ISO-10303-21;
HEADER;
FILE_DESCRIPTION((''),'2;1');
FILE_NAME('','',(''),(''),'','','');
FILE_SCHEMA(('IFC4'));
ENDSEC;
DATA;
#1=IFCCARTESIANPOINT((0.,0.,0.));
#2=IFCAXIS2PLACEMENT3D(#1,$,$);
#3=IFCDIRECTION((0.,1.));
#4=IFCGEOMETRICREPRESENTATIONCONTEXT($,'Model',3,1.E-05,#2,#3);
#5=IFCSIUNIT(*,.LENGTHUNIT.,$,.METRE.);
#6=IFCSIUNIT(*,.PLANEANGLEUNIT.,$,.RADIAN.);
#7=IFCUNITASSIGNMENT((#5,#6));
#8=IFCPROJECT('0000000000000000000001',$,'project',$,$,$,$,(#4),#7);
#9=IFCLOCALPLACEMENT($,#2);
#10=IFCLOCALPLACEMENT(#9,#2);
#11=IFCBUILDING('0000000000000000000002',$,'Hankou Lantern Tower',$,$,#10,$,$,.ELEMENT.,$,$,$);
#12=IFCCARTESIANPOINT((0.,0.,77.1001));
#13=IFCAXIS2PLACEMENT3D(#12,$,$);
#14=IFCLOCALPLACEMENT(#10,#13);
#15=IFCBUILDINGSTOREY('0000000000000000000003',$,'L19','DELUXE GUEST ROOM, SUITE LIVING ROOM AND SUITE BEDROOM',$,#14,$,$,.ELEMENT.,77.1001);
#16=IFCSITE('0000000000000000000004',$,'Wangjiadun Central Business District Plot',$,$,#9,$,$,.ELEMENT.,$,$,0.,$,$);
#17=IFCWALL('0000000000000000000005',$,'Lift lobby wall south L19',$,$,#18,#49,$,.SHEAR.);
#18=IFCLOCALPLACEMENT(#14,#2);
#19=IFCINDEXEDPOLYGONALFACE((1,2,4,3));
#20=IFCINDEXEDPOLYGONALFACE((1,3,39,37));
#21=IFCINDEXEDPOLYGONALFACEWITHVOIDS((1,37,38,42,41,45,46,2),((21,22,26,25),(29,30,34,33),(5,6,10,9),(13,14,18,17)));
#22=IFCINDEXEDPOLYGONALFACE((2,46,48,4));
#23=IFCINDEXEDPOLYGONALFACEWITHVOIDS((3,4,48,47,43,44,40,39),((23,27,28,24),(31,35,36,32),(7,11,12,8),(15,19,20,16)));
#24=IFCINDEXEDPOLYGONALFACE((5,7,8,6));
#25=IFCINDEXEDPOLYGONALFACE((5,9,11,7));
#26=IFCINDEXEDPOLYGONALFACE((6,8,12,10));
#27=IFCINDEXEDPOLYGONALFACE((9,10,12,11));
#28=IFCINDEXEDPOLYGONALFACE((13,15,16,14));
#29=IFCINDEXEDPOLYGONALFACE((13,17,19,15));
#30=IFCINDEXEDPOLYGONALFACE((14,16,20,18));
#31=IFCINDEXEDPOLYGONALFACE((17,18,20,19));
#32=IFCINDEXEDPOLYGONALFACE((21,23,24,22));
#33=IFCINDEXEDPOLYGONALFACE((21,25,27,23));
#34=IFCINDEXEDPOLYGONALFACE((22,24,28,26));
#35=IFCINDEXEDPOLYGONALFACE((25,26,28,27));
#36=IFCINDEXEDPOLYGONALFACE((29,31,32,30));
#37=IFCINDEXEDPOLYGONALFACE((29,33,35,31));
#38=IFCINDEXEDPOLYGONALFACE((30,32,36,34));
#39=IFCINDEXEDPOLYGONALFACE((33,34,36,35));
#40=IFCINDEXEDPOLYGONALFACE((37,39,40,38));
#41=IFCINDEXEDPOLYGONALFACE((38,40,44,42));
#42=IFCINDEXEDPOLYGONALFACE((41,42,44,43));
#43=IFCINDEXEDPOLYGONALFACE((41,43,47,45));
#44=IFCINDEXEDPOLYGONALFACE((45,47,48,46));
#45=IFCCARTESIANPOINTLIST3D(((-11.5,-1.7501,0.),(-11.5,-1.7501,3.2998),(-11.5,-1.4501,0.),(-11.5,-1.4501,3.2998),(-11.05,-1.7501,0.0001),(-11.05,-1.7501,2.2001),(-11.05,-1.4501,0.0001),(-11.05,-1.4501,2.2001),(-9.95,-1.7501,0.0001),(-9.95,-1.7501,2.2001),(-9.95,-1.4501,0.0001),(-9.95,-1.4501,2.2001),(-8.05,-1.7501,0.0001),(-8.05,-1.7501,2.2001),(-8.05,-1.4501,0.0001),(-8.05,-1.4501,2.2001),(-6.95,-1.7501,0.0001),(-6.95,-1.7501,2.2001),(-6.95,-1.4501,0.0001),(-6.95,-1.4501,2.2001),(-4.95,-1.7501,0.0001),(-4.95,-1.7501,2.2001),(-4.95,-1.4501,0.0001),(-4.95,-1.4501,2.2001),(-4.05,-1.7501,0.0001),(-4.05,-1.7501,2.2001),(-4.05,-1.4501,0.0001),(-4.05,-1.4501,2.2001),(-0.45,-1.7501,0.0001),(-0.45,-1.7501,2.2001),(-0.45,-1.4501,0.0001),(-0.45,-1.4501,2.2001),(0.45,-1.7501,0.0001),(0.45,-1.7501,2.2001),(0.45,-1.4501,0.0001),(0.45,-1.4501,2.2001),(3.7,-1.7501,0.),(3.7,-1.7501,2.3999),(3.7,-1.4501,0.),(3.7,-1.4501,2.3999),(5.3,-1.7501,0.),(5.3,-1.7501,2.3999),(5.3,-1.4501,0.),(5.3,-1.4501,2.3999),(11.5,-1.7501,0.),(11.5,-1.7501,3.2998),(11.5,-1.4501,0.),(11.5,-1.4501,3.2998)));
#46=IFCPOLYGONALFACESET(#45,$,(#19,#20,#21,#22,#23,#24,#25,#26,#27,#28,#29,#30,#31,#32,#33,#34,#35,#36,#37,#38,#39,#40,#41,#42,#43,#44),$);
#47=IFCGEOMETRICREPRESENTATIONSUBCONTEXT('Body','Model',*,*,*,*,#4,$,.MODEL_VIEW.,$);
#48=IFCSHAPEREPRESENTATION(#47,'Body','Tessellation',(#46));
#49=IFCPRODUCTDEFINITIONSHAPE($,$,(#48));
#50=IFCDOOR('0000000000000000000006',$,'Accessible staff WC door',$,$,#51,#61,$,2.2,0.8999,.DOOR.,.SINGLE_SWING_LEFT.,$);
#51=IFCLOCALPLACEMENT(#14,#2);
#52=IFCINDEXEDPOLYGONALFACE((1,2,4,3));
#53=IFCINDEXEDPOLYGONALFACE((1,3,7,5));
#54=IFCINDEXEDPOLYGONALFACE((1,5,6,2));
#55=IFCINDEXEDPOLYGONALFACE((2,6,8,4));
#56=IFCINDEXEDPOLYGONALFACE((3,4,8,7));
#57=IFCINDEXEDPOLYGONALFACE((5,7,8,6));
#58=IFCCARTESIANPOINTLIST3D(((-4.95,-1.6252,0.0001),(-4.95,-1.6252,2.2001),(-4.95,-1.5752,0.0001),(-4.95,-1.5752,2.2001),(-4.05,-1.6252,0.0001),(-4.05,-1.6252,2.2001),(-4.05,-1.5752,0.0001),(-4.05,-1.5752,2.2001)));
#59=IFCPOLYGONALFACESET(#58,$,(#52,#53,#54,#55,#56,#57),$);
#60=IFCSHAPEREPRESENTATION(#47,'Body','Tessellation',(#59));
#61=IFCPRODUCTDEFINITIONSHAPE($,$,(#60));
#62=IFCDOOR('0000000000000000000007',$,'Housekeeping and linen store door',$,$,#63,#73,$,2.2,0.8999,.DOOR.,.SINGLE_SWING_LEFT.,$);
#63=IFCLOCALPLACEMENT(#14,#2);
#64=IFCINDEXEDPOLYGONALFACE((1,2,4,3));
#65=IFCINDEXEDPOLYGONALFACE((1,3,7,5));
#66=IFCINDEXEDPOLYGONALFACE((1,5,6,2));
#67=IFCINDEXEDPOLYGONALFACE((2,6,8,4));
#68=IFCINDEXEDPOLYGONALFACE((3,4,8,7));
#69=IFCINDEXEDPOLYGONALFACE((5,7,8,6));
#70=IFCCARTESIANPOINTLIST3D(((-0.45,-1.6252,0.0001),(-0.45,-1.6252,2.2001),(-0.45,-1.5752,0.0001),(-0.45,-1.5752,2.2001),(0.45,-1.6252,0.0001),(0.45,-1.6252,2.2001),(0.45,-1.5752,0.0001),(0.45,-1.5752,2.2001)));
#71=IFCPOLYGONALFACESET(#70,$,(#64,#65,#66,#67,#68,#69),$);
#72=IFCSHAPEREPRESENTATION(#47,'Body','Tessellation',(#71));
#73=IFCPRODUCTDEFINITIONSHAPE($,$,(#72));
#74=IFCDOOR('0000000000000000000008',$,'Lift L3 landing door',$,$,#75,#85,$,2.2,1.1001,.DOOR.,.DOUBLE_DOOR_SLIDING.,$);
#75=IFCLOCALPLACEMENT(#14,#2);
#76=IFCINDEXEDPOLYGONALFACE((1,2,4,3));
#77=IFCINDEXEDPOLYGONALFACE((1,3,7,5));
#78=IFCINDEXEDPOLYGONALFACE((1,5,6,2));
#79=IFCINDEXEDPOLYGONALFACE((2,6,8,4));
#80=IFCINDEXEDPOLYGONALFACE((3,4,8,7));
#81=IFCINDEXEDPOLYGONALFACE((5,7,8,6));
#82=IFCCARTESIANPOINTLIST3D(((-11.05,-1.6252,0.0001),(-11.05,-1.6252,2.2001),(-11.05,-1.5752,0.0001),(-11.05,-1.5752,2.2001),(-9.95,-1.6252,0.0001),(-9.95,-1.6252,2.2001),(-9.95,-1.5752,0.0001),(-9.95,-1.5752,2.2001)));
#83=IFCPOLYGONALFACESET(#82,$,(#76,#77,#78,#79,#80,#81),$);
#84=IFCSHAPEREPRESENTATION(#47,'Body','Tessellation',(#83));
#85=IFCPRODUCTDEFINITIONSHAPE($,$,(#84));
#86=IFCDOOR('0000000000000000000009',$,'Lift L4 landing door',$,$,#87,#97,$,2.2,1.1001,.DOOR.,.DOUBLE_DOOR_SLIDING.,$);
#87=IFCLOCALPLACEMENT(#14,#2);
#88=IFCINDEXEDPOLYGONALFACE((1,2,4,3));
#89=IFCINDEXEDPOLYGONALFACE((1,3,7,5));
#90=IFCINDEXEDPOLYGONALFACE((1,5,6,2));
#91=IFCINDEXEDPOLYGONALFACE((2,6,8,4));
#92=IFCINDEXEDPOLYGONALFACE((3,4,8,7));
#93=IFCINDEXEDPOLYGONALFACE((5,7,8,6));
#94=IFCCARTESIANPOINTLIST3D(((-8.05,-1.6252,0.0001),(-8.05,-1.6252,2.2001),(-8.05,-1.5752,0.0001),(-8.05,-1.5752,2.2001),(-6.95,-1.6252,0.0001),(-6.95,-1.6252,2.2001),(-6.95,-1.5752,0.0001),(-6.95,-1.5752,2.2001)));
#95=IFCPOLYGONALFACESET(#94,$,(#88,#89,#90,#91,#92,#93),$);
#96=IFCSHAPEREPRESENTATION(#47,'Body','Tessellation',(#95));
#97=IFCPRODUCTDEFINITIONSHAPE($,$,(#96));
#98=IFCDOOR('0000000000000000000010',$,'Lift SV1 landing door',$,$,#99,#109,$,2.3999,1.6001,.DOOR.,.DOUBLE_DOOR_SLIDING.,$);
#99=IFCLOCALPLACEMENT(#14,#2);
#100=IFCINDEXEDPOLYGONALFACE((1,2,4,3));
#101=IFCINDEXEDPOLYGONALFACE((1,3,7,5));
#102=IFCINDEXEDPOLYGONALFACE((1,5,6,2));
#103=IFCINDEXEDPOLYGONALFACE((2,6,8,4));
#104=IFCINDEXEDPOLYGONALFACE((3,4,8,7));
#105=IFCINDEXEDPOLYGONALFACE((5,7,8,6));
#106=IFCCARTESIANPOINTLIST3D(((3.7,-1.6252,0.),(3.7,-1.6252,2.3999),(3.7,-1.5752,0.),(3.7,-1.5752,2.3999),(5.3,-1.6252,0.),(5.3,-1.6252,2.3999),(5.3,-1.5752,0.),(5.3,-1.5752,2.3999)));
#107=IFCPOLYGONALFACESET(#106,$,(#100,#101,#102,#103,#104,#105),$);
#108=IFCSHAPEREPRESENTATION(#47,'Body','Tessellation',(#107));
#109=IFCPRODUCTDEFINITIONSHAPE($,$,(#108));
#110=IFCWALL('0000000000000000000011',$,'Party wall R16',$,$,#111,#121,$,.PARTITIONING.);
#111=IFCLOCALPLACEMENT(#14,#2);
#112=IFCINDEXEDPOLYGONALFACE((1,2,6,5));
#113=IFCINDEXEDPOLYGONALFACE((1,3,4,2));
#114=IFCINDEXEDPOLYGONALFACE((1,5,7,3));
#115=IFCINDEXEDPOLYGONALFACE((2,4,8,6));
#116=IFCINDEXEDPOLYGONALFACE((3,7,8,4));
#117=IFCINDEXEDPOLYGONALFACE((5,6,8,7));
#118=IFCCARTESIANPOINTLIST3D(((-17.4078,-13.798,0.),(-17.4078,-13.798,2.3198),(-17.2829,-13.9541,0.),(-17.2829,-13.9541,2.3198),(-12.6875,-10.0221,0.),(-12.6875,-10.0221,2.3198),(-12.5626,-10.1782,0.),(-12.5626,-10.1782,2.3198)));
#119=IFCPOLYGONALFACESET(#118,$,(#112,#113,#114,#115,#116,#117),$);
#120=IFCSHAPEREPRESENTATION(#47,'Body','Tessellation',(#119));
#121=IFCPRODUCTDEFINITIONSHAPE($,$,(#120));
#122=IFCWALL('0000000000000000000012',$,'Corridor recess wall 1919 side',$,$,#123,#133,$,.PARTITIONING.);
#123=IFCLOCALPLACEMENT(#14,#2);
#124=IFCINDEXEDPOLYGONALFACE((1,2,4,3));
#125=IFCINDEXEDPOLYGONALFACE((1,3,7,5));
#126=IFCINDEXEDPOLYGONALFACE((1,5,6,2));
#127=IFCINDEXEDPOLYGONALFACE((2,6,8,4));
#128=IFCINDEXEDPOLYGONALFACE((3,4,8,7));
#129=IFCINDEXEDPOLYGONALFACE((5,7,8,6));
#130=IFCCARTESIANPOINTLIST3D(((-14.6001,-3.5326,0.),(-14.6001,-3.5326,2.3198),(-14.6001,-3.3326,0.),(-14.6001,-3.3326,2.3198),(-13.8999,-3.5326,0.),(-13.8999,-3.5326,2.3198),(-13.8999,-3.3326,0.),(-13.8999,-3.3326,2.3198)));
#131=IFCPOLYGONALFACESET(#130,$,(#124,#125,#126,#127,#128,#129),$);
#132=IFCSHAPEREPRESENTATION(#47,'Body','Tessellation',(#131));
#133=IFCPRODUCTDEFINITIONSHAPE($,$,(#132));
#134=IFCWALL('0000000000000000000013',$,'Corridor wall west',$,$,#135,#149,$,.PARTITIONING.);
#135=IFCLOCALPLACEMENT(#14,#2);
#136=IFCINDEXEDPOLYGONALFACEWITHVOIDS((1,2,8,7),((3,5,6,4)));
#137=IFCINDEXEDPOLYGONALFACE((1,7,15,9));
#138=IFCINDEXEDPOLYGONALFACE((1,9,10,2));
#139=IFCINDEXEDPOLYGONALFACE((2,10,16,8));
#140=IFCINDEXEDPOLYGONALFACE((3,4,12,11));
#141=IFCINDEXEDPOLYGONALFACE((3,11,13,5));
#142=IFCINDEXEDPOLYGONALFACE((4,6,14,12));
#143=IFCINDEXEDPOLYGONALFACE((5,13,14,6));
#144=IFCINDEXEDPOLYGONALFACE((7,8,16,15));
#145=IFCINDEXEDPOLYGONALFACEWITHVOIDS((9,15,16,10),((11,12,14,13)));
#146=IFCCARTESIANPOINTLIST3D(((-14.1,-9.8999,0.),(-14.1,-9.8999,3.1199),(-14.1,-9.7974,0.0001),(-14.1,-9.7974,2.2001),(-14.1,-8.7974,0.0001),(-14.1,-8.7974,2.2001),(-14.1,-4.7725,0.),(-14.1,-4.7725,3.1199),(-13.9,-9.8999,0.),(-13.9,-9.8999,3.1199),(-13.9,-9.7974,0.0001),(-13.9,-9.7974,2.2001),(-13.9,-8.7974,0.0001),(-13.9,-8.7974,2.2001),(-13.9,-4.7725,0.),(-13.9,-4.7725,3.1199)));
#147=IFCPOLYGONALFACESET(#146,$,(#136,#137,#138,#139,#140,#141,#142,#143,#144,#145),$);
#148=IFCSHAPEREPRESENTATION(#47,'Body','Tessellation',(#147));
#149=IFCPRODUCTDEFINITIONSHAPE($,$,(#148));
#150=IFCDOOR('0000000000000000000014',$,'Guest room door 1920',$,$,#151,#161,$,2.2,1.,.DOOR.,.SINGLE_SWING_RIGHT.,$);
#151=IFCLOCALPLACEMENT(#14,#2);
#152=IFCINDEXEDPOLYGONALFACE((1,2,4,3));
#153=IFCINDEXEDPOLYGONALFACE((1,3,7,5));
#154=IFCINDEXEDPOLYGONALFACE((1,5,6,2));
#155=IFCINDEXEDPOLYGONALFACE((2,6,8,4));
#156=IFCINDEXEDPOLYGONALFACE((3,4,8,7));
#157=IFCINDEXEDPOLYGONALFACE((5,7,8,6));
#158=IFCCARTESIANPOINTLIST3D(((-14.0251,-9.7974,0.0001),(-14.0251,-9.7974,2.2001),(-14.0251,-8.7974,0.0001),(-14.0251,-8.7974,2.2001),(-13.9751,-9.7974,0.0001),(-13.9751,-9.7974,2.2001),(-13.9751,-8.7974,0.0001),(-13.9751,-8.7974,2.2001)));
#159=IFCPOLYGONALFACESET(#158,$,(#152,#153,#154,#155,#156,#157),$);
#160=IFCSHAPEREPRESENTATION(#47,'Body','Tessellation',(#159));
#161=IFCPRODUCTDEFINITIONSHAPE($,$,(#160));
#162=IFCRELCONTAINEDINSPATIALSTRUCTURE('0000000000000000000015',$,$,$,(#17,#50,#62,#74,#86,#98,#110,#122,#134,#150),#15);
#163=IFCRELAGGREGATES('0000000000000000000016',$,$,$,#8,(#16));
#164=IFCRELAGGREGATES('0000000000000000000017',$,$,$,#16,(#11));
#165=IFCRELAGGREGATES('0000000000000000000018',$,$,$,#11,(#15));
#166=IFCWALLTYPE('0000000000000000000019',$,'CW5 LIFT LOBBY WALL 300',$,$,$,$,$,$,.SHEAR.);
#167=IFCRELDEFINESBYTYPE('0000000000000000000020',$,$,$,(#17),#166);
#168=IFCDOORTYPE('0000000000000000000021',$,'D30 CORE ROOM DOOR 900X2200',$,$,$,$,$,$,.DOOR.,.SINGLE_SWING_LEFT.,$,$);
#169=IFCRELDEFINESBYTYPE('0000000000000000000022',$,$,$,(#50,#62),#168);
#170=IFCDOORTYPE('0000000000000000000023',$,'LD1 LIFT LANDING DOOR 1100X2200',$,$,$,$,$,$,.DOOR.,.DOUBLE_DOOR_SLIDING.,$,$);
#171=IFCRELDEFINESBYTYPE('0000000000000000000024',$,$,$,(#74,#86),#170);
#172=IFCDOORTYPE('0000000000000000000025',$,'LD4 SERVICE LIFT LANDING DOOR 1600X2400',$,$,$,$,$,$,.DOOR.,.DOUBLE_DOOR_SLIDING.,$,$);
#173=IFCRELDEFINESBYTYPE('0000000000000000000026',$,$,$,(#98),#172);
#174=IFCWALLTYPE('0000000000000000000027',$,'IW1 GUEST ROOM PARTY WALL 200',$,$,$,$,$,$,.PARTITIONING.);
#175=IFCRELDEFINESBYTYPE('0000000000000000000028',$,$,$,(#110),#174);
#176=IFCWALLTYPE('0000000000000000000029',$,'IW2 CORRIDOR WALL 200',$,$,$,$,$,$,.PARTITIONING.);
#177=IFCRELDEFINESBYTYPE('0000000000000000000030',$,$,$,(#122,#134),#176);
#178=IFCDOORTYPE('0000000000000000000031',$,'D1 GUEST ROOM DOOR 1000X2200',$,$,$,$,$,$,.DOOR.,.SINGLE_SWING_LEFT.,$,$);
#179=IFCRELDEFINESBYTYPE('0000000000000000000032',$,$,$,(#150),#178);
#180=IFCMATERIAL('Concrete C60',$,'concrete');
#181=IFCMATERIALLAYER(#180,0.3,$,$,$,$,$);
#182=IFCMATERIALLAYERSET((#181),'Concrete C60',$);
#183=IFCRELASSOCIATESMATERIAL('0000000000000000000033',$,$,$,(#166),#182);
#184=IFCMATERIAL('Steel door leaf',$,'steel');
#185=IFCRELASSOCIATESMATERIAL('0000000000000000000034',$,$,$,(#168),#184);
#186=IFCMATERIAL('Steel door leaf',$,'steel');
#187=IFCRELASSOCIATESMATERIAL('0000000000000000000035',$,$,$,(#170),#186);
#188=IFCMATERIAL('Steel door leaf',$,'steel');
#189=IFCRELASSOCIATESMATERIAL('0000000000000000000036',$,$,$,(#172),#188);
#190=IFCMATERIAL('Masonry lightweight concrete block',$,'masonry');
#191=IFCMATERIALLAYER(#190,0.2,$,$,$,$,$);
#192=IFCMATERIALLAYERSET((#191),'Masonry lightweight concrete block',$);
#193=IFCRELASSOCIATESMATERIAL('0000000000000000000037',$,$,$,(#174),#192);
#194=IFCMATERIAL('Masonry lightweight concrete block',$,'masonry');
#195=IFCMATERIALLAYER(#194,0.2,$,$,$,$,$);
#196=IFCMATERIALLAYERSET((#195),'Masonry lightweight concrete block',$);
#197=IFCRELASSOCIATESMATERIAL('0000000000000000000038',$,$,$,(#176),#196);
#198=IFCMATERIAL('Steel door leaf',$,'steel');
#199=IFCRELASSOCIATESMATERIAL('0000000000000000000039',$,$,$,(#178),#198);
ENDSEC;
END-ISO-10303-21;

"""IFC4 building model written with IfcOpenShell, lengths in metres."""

from ifc_helpers import new_model, si_unit, direction, frame, frame_2d, origin, place, context, subcontext, project, spatial, rectangle, extrude, material, layer, layer_set, type_object, element, fill, save


model = new_model("IFC4")

# Units and contexts
model_context = context("Model", 3, precision=1e-05, world=origin(), true_north=direction((0.0, 1.0)))
body_context = subcontext(model_context, "Body", "Model", "MODEL_VIEW")
ifc_project = project(units=[si_unit("LENGTHUNIT", "METRE"), si_unit("PLANEANGLEUNIT", "RADIAN")], contexts=[model_context])

# Site, building, storey
site_placement = place(None, origin())
site = spatial("IfcSite", under=ifc_project, at=site_placement, Name="Wangjiadun Central Business District Plot", CompositionType="ELEMENT", RefElevation=0.0)
building_placement = place(site_placement, origin())
building = spatial("IfcBuilding", under=site, at=building_placement, Name="Hankou Lantern Tower", CompositionType="ELEMENT")
storey_placement = place(building_placement, frame((0.0, 0.0, 77.1001)))
storey = spatial("IfcBuildingStorey", under=building, at=storey_placement, Name="L19", Description="DELUXE GUEST ROOM, SUITE LIVING ROOM AND SUITE BEDROOM", CompositionType="ELEMENT", Elevation=77.1001)

# Wall, openings, doors
ifc_material_1 = material(Name="Concrete C60", Category="concrete")
ifc_layer_1 = layer(ifc_material_1, 0.3)
ifc_layer_set_1 = layer_set([ifc_layer_1], Name="Concrete C60")
wall_type_1 = type_object("IfcWallType", Name="CW5 LIFT LOBBY WALL 300", PredefinedType="SHEAR", material=ifc_layer_set_1)
ifc_material_2 = material(Name="Steel door leaf", Category="steel")
door_type_1 = type_object("IfcDoorType", Name="D30 CORE ROOM DOOR 900X2200", OperationType="SINGLE_SWING_LEFT", PredefinedType="DOOR", material=ifc_material_2)
ifc_material_3 = material(Name="Steel door leaf", Category="steel")
door_type_2 = type_object("IfcDoorType", Name="LD1 LIFT LANDING DOOR 1100X2200", OperationType="DOUBLE_DOOR_SLIDING", PredefinedType="DOOR", material=ifc_material_3)
wall_1_placement = place(storey_placement, frame((-11.5, -1.6001, 0.0), z_axis=(0.0, 0.0, 1.0), x_axis=(1.0, 0.0, 0.0)))
wall_1 = element("IfcWall", 1, at=wall_1_placement, inside=storey, type_object=wall_type_1, Name="Lift lobby wall south L19", PredefinedType="SHEAR", context=body_context, shape_type="SweptSolid", body=[
    extrude(rectangle(XDim=23.0, YDim=0.3, at=frame_2d((11.5, 0.0))), origin(), (0.0, 0.0, 1.0), 3.2998),
])
opening_1_placement = place(wall_1_placement, frame((0.45, 0.0, 0.0)))
opening_1 = element("IfcOpeningElement", 2, at=opening_1_placement, cuts=wall_1, PredefinedType="OPENING", context=body_context, shape_type="SweptSolid", body=[
    extrude(rectangle(XDim=1.1001, YDim=2.2, at=frame_2d((0.55, 1.1001))), frame((0.0, 0.1599, 0.0), z_axis=(0.0, -1.0, 0.0), x_axis=(1.0, 0.0, 0.0)), (0.0, 0.0, 1.0), 0.3201),
])
opening_2_placement = place(wall_1_placement, frame((3.45, 0.0, 0.0)))
opening_2 = element("IfcOpeningElement", 3, at=opening_2_placement, cuts=wall_1, PredefinedType="OPENING", context=body_context, shape_type="SweptSolid", body=[
    extrude(rectangle(XDim=1.1001, YDim=2.2, at=frame_2d((0.55, 1.1001))), frame((0.0, 0.1599, 0.0), z_axis=(0.0, -1.0, 0.0), x_axis=(1.0, 0.0, 0.0)), (0.0, 0.0, 1.0), 0.3201),
])
opening_3_placement = place(wall_1_placement, frame((15.2, 0.0, 0.0)))
opening_3 = element("IfcOpeningElement", 4, at=opening_3_placement, cuts=wall_1, PredefinedType="OPENING", context=body_context, shape_type="SweptSolid", body=[
    extrude(rectangle(XDim=1.6001, YDim=2.3999, at=frame_2d((0.8, 1.2))), frame((0.0, 0.1599, 0.0), z_axis=(0.0, -1.0, 0.0), x_axis=(1.0, 0.0, 0.0)), (0.0, 0.0, 1.0), 0.3201),
])
opening_4_placement = place(wall_1_placement, frame((6.55, 0.0, 0.0)))
opening_4 = element("IfcOpeningElement", 5, at=opening_4_placement, cuts=wall_1, PredefinedType="OPENING", context=body_context, shape_type="SweptSolid", body=[
    extrude(rectangle(XDim=0.8999, YDim=2.2, at=frame_2d((0.45, 1.1001))), frame((0.0, 0.1599, 0.0), z_axis=(0.0, -1.0, 0.0), x_axis=(1.0, 0.0, 0.0)), (0.0, 0.0, 1.0), 0.3201),
])
opening_5_placement = place(wall_1_placement, frame((11.05, 0.0, 0.0)))
opening_5 = element("IfcOpeningElement", 6, at=opening_5_placement, cuts=wall_1, PredefinedType="OPENING", context=body_context, shape_type="SweptSolid", body=[
    extrude(rectangle(XDim=0.8999, YDim=2.2, at=frame_2d((0.45, 1.1001))), frame((0.0, 0.1599, 0.0), z_axis=(0.0, -1.0, 0.0), x_axis=(1.0, 0.0, 0.0)), (0.0, 0.0, 1.0), 0.3201),
])
door_1_placement = place(opening_4_placement, origin())
door_1 = element("IfcDoor", 7, at=door_1_placement, inside=storey, type_object=door_type_1, Name="Accessible staff WC door", OperationType="SINGLE_SWING_LEFT", OverallHeight=2.2, OverallWidth=0.8999, PredefinedType="DOOR", context=body_context, shape_type="SweptSolid", body=[
    extrude(rectangle(XDim=0.8999, YDim=2.2, at=frame_2d((0.45, 1.1001))), frame((0.0, 0.0249, 0.0), z_axis=(0.0, -1.0, 0.0), x_axis=(1.0, 0.0, 0.0)), (0.0, 0.0, 1.0), 0.05),
])
fill(opening_4, door_1)
door_2_placement = place(opening_5_placement, origin())
door_2 = element("IfcDoor", 8, at=door_2_placement, inside=storey, type_object=door_type_1, Name="Housekeeping and linen store door", OperationType="SINGLE_SWING_LEFT", OverallHeight=2.2, OverallWidth=0.8999, PredefinedType="DOOR", context=body_context, shape_type="SweptSolid", body=[
    extrude(rectangle(XDim=0.8999, YDim=2.2, at=frame_2d((0.45, 1.1001))), frame((0.0, 0.0249, 0.0), z_axis=(0.0, -1.0, 0.0), x_axis=(1.0, 0.0, 0.0)), (0.0, 0.0, 1.0), 0.05),
])
fill(opening_5, door_2)
door_3_placement = place(opening_1_placement, origin())
door_3 = element("IfcDoor", 9, at=door_3_placement, inside=storey, type_object=door_type_2, Name="Lift L3 landing door", OperationType="DOUBLE_DOOR_SLIDING", OverallHeight=2.2, OverallWidth=1.1001, PredefinedType="DOOR", context=body_context, shape_type="SweptSolid", body=[
    extrude(rectangle(XDim=1.1001, YDim=2.2, at=frame_2d((0.55, 1.1001))), frame((0.0, 0.0249, 0.0), z_axis=(0.0, -1.0, 0.0), x_axis=(1.0, 0.0, 0.0)), (0.0, 0.0, 1.0), 0.05),
])
fill(opening_1, door_3)
door_4_placement = place(opening_2_placement, origin())
door_4 = element("IfcDoor", 10, at=door_4_placement, inside=storey, type_object=door_type_2, Name="Lift L4 landing door", OperationType="DOUBLE_DOOR_SLIDING", OverallHeight=2.2, OverallWidth=1.1001, PredefinedType="DOOR", context=body_context, shape_type="SweptSolid", body=[
    extrude(rectangle(XDim=1.1001, YDim=2.2, at=frame_2d((0.55, 1.1001))), frame((0.0, 0.0249, 0.0), z_axis=(0.0, -1.0, 0.0), x_axis=(1.0, 0.0, 0.0)), (0.0, 0.0, 1.0), 0.05),
])
fill(opening_2, door_4)
ifc_material_4 = material(Name="Steel door leaf", Category="steel")
door_type_3 = type_object("IfcDoorType", Name="LD4 SERVICE LIFT LANDING DOOR 1600X2400", OperationType="DOUBLE_DOOR_SLIDING", PredefinedType="DOOR", material=ifc_material_4)
door_5_placement = place(opening_3_placement, origin())
door_5 = element("IfcDoor", 11, at=door_5_placement, inside=storey, type_object=door_type_3, Name="Lift SV1 landing door", OperationType="DOUBLE_DOOR_SLIDING", OverallHeight=2.3999, OverallWidth=1.6001, PredefinedType="DOOR", context=body_context, shape_type="SweptSolid", body=[
    extrude(rectangle(XDim=1.6001, YDim=2.3999, at=frame_2d((0.8, 1.2))), frame((0.0, 0.0249, 0.0), z_axis=(0.0, -1.0, 0.0), x_axis=(1.0, 0.0, 0.0)), (0.0, 0.0, 1.0), 0.05),
])
fill(opening_3, door_5)

# Walls
ifc_material_5 = material(Name="Masonry lightweight concrete block", Category="masonry")
ifc_layer_2 = layer(ifc_material_5, 0.2)
ifc_layer_set_2 = layer_set([ifc_layer_2], Name="Masonry lightweight concrete block")
wall_type_2 = type_object("IfcWallType", Name="IW1 GUEST ROOM PARTY WALL 200", PredefinedType="PARTITIONING", material=ifc_layer_set_2)
wall_2_placement = place(storey_placement, frame((-12.625, -10.1001, 0.0), z_axis=(0.0, 0.0, 1.0), x_axis=(-0.780892, -0.624665, 0.0)))
element("IfcWall", 12, at=wall_2_placement, inside=storey, type_object=wall_type_2, Name="Party wall R16", PredefinedType="PARTITIONING", context=body_context, shape_type="SweptSolid", body=[
    extrude(rectangle(XDim=6.0447, YDim=0.2, at=frame_2d((3.0225, 0.0))), origin(), (0.0, 0.0, 1.0), 2.3198),
])
ifc_material_6 = material(Name="Masonry lightweight concrete block", Category="masonry")
ifc_layer_3 = layer(ifc_material_6, 0.2)
ifc_layer_set_3 = layer_set([ifc_layer_3], Name="Masonry lightweight concrete block")
wall_type_3 = type_object("IfcWallType", Name="IW2 CORRIDOR WALL 200", PredefinedType="PARTITIONING", material=ifc_layer_set_3)
wall_3_placement = place(storey_placement, frame((-13.8999, -3.4326, 0.0), z_axis=(0.0, 0.0, 1.0), x_axis=(-1.0, 0.0, 0.0)))
element("IfcWall", 13, at=wall_3_placement, inside=storey, type_object=wall_type_3, Name="Corridor recess wall 1919 side", PredefinedType="PARTITIONING", context=body_context, shape_type="SweptSolid", body=[
    extrude(rectangle(XDim=0.7002, YDim=0.2, at=frame_2d((0.3501, 0.0))), origin(), (0.0, 0.0, 1.0), 2.3198),
])

# Wall, opening, door
wall_4_placement = place(storey_placement, frame((-14.0, -4.7725, 0.0), z_axis=(0.0, 0.0, 1.0), x_axis=(0.0, -1.0, 0.0)))
wall_4 = element("IfcWall", 14, at=wall_4_placement, inside=storey, type_object=wall_type_3, Name="Corridor wall west", PredefinedType="PARTITIONING", context=body_context, shape_type="SweptSolid", body=[
    extrude(rectangle(XDim=5.1274, YDim=0.2, at=frame_2d((2.5637, 0.0))), origin(), (0.0, 0.0, 1.0), 3.1199),
])
opening_6_placement = place(wall_4_placement, frame((4.0249, 0.0, 0.0)))
opening_6 = element("IfcOpeningElement", 15, at=opening_6_placement, cuts=wall_4, PredefinedType="OPENING", context=body_context, shape_type="SweptSolid", body=[
    extrude(rectangle(XDim=1.0, YDim=2.2, at=frame_2d((0.5, 1.1001))), frame((0.0, 0.1099, 0.0), z_axis=(0.0, -1.0, 0.0), x_axis=(1.0, 0.0, 0.0)), (0.0, 0.0, 1.0), 0.22),
])
ifc_material_7 = material(Name="Steel door leaf", Category="steel")
door_type_4 = type_object("IfcDoorType", Name="D1 GUEST ROOM DOOR 1000X2200", OperationType="SINGLE_SWING_LEFT", PredefinedType="DOOR", material=ifc_material_7)
door_6_placement = place(opening_6_placement, origin())
door_6 = element("IfcDoor", 16, at=door_6_placement, inside=storey, type_object=door_type_4, Name="Guest room door 1920", OperationType="SINGLE_SWING_RIGHT", OverallHeight=2.2, OverallWidth=1.0, PredefinedType="DOOR", context=body_context, shape_type="SweptSolid", body=[
    extrude(rectangle(XDim=1.0, YDim=2.2, at=frame_2d((0.5, 1.1001))), frame((0.0, 0.0249, 0.0), z_axis=(0.0, -1.0, 0.0), x_axis=(1.0, 0.0, 0.0)), (0.0, 0.0, 1.0), 0.05),
])
fill(opening_6, door_6)

save(model, "model.ifc")
